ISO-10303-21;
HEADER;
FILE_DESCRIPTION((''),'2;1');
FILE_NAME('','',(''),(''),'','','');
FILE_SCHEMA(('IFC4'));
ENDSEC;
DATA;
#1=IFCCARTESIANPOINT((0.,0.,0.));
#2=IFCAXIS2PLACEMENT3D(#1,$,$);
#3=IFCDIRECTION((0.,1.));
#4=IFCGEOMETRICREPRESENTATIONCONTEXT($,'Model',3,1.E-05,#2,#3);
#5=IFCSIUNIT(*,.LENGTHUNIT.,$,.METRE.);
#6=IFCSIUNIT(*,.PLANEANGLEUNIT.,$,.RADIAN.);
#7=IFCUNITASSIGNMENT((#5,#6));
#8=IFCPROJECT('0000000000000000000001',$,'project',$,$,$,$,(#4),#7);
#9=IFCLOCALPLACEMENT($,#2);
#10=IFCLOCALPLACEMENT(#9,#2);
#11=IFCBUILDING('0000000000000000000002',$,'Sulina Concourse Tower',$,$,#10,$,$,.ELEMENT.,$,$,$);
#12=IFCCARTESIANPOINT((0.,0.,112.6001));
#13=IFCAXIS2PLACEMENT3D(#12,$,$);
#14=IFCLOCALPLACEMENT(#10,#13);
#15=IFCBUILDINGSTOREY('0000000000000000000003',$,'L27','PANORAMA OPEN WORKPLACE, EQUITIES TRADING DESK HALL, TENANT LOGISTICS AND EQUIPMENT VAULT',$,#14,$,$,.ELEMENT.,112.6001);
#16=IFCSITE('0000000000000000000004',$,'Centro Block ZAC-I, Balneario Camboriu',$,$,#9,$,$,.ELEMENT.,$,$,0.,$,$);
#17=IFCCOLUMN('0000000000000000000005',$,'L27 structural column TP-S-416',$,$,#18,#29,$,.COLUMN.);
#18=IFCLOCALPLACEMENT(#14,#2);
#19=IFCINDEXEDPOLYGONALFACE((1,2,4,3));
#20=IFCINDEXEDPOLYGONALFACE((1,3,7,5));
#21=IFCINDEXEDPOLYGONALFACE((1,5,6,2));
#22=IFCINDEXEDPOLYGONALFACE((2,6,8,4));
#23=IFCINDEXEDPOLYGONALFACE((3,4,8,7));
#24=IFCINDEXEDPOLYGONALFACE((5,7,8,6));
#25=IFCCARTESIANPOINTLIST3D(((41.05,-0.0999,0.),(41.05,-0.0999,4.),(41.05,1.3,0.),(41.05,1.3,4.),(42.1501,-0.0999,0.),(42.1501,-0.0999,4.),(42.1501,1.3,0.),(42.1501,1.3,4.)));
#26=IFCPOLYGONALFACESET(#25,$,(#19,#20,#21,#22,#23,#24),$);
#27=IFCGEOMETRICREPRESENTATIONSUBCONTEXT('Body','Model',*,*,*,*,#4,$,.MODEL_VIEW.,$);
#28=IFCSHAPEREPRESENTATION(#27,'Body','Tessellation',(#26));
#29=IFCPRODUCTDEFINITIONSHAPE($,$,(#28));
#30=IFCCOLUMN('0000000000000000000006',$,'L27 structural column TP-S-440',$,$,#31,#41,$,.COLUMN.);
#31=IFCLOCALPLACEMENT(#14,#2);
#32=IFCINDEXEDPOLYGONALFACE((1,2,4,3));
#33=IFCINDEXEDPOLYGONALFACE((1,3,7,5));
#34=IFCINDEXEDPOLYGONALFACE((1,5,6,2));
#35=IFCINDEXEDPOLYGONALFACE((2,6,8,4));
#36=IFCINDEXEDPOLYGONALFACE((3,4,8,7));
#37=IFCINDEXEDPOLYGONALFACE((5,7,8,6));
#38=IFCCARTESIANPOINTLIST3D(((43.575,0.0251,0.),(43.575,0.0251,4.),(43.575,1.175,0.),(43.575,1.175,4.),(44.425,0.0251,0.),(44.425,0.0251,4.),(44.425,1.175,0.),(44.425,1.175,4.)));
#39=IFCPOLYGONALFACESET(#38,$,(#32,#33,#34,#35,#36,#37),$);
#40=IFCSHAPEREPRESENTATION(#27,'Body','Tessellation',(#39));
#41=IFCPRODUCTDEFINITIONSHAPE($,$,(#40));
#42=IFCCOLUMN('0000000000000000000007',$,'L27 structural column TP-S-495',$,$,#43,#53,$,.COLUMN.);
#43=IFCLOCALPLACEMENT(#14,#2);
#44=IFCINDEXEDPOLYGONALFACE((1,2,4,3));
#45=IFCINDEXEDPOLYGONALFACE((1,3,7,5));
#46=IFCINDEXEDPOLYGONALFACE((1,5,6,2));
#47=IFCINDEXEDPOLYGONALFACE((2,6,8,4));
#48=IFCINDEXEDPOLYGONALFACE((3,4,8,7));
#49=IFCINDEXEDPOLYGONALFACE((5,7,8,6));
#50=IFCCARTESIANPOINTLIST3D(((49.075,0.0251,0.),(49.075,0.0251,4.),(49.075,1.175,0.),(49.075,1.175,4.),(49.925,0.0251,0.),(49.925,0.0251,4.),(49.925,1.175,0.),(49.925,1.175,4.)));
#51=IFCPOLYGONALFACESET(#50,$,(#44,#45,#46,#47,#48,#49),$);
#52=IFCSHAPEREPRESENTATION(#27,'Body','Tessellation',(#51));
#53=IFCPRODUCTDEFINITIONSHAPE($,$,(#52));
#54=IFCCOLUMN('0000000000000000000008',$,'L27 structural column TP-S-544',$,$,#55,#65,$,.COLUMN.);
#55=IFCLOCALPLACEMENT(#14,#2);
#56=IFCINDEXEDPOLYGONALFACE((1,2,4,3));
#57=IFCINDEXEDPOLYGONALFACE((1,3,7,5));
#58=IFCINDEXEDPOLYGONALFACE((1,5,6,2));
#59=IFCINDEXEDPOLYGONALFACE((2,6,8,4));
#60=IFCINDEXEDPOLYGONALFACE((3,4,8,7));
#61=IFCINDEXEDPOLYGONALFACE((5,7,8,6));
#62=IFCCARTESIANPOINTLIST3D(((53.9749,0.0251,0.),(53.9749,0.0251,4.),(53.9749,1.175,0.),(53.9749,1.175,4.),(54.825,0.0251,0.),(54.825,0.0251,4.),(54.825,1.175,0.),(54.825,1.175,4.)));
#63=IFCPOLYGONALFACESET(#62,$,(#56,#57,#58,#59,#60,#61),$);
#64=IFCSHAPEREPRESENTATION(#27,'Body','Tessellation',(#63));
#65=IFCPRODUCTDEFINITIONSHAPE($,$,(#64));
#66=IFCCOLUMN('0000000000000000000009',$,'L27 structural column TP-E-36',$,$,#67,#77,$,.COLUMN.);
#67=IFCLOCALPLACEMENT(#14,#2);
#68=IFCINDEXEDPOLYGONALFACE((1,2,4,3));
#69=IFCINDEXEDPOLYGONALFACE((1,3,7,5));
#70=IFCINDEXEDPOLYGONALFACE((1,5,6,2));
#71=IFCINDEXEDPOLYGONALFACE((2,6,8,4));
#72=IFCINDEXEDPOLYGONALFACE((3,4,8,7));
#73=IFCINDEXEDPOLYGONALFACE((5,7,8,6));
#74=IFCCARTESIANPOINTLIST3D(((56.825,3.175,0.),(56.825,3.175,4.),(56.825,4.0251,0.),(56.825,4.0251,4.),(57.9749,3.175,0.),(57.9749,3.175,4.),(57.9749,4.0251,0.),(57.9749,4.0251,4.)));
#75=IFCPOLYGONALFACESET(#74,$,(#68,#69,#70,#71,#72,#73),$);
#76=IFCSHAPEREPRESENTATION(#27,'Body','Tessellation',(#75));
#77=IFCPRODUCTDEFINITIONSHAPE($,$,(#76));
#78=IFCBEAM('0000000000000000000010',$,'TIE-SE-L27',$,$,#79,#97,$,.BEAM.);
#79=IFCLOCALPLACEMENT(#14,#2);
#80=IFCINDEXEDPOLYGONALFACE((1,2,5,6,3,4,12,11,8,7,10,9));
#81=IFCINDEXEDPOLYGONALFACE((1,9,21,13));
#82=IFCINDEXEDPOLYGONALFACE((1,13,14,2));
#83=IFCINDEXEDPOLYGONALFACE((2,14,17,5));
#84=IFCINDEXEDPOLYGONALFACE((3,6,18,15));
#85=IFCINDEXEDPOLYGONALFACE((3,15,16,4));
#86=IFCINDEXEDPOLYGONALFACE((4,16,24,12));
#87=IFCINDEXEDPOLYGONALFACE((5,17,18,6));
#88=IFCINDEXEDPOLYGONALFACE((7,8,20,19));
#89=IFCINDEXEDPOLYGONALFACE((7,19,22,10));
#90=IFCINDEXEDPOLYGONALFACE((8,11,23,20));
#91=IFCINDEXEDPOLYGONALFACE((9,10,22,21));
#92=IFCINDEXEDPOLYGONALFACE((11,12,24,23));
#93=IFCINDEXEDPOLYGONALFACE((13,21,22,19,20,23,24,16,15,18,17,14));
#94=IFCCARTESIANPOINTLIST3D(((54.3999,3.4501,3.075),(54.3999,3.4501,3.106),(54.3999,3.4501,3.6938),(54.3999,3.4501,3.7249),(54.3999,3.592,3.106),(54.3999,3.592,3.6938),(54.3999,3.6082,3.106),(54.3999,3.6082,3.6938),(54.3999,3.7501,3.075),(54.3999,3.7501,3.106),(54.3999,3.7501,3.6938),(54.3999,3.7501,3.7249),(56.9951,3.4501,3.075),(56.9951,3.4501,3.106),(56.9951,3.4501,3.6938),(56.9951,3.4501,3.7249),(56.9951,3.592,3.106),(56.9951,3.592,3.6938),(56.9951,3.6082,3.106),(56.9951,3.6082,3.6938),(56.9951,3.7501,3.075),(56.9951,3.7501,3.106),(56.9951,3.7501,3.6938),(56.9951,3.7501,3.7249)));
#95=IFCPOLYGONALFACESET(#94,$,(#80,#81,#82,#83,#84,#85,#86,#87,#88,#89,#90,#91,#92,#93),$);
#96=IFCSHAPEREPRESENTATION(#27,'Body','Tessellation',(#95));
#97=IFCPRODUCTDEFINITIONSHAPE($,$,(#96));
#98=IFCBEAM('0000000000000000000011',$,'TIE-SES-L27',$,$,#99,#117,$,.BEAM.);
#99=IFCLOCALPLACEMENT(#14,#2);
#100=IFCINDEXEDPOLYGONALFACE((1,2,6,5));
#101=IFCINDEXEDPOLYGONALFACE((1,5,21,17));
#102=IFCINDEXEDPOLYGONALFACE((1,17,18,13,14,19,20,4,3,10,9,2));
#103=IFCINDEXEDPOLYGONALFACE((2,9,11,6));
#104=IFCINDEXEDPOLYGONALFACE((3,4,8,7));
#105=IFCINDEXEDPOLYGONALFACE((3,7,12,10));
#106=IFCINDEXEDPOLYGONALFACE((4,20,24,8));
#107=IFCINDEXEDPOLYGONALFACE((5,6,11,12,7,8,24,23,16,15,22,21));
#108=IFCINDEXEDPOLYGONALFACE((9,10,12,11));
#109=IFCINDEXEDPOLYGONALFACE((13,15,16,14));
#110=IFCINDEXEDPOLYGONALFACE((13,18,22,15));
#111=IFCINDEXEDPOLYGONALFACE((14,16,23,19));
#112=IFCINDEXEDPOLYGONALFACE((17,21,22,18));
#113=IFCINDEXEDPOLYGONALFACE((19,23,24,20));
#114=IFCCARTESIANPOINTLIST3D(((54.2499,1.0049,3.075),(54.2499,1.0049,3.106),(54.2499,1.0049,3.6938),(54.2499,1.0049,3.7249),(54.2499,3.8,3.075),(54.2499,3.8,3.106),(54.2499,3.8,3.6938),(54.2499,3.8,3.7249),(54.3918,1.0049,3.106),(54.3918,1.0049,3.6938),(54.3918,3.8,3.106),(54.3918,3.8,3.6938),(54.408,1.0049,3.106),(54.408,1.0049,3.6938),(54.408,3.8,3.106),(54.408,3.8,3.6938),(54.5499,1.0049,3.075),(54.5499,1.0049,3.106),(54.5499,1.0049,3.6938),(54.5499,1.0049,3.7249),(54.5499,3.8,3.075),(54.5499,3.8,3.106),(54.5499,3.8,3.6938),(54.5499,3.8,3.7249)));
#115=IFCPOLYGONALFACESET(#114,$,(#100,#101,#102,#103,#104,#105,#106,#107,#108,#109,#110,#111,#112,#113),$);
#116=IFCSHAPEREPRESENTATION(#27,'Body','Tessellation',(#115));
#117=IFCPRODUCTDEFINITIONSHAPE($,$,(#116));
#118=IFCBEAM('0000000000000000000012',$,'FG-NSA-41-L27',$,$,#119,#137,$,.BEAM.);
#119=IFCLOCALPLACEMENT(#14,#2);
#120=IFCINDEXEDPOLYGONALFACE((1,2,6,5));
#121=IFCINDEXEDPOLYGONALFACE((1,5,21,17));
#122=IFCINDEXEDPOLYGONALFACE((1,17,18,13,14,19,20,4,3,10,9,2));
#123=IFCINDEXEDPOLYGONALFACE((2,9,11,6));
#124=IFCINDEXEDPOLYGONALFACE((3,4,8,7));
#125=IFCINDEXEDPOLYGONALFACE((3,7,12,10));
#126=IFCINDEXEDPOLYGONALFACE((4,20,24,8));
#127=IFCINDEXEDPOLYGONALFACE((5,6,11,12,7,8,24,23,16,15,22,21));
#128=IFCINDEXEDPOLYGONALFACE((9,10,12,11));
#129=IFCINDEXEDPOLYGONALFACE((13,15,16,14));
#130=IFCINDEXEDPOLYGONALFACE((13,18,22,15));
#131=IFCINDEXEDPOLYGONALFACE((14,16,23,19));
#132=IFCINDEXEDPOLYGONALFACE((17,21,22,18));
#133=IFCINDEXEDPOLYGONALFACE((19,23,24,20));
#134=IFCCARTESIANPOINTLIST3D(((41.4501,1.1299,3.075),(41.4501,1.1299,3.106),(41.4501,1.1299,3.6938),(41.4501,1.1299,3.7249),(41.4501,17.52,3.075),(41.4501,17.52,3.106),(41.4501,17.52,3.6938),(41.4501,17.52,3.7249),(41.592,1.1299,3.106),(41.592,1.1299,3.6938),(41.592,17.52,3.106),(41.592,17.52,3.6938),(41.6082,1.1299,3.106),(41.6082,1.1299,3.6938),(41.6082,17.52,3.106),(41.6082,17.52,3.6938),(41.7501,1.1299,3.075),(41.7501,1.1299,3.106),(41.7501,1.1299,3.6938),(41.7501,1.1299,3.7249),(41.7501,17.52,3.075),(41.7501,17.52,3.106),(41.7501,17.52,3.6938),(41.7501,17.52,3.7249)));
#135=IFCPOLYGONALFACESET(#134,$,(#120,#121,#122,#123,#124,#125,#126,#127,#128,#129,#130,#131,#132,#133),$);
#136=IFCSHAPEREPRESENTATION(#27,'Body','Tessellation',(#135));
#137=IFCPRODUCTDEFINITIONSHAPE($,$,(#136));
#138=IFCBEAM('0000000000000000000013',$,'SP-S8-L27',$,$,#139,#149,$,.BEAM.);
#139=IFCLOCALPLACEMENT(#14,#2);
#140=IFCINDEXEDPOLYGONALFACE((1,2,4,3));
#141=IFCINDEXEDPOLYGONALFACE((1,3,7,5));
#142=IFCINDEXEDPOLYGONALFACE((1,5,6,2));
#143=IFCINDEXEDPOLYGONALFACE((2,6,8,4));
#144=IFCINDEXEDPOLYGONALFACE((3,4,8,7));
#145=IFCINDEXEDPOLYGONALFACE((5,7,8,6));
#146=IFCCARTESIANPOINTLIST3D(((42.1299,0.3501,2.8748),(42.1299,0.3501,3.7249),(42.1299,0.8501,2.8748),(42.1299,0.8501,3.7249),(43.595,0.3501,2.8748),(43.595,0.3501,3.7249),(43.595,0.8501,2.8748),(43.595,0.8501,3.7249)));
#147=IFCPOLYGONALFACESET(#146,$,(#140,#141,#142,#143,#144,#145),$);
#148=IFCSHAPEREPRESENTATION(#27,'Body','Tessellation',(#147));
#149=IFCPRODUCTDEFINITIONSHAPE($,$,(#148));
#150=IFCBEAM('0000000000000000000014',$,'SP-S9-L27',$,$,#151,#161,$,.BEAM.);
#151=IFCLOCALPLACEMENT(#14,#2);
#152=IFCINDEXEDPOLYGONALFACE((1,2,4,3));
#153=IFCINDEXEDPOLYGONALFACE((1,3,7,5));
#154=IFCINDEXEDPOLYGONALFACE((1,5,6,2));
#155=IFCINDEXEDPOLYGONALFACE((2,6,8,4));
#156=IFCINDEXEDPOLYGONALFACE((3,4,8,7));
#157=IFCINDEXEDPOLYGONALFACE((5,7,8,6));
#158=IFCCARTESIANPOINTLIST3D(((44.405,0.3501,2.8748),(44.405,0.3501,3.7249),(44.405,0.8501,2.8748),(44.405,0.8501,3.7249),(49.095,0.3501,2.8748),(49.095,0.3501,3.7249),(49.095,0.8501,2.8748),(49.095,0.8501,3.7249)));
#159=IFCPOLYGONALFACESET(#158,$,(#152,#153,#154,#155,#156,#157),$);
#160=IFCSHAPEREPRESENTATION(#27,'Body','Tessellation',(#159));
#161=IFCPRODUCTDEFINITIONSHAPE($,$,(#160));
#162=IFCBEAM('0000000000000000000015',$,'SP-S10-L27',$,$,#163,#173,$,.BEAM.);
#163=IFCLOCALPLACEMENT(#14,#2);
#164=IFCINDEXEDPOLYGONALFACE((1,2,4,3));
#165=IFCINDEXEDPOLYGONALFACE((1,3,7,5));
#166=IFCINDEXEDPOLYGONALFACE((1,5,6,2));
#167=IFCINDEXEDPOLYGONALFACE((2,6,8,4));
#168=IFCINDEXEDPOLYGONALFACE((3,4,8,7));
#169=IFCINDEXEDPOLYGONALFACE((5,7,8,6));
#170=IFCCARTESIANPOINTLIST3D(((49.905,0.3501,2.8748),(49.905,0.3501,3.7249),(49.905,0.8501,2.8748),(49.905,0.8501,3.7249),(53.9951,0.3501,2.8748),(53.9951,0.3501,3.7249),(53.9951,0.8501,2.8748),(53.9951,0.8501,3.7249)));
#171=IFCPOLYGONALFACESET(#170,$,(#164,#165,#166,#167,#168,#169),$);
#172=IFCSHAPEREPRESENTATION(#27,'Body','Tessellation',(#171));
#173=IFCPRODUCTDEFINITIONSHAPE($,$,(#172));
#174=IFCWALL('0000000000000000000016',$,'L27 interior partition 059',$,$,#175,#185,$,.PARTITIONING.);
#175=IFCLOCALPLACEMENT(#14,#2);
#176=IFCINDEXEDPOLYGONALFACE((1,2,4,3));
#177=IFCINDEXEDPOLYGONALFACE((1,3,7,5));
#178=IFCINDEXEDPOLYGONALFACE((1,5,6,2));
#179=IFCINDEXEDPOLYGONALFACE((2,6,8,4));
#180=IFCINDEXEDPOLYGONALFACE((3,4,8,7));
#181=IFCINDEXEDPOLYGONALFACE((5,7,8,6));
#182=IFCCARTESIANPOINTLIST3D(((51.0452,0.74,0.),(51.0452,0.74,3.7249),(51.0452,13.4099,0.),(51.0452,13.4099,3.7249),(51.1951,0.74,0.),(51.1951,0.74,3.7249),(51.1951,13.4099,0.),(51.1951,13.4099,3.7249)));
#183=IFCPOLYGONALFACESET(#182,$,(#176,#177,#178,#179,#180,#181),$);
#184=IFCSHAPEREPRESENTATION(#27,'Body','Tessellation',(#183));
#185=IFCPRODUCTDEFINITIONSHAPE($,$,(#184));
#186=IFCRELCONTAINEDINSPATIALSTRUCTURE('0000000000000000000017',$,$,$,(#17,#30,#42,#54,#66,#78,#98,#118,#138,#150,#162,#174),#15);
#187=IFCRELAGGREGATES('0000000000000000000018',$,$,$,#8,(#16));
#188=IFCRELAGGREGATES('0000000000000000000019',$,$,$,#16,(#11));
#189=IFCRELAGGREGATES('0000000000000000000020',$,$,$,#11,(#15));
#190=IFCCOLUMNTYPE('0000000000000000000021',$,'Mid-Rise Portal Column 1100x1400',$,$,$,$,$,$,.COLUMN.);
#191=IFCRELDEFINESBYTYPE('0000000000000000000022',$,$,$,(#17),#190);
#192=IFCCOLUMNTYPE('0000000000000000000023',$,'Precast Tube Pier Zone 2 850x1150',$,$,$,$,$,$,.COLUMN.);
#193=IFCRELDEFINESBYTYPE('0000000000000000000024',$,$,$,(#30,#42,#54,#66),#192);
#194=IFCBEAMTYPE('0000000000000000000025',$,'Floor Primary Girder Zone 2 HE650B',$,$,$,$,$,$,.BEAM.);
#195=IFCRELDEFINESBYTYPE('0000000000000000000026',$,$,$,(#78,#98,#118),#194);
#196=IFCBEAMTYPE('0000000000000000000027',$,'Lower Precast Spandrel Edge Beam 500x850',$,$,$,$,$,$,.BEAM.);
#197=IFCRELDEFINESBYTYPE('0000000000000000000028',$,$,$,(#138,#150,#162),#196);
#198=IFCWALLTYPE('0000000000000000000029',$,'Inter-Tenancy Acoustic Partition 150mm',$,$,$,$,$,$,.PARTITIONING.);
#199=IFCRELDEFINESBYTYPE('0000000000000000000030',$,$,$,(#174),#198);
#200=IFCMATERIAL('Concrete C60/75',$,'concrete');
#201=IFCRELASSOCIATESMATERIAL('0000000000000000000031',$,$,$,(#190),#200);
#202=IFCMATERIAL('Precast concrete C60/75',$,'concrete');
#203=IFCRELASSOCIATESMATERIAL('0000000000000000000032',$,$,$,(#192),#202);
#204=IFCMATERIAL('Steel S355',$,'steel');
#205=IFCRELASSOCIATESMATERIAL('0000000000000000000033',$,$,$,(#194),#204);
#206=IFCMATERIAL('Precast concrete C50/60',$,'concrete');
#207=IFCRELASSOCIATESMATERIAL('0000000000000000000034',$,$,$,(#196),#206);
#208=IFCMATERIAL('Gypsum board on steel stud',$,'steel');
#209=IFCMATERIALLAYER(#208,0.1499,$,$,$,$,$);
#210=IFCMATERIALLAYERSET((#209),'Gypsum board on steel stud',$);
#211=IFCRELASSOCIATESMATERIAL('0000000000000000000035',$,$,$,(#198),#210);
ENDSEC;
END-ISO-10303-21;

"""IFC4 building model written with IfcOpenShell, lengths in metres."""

from ifc_helpers import new_model, si_unit, direction, frame, frame_2d, origin, origin_2d, place, context, subcontext, project, spatial, rectangle, i_section, extrude, material, layer, layer_set, material_profile, profile_set, type_object, element, save


model = new_model("IFC4")

# Units and contexts
model_context = context("Model", 3, precision=1e-05, world=origin(), true_north=direction((0.0, 1.0)))
body_context = subcontext(model_context, "Body", "Model", "MODEL_VIEW")
ifc_project = project(units=[si_unit("LENGTHUNIT", "METRE"), si_unit("PLANEANGLEUNIT", "RADIAN")], contexts=[model_context])

# Site, building, storey
site_placement = place(None, origin())
site = spatial("IfcSite", under=ifc_project, at=site_placement, Name="Centro Block ZAC-I, Balneario Camboriu", CompositionType="ELEMENT", RefElevation=0.0)
building_placement = place(site_placement, origin())
building = spatial("IfcBuilding", under=site, at=building_placement, Name="Sulina Concourse Tower", CompositionType="ELEMENT")
storey_placement = place(building_placement, frame((0.0, 0.0, 112.6001)))
storey = spatial("IfcBuildingStorey", under=building, at=storey_placement, Name="L27", Description="PANORAMA OPEN WORKPLACE, EQUITIES TRADING DESK HALL, TENANT LOGISTICS AND EQUIPMENT VAULT", CompositionType="ELEMENT", Elevation=112.6001)

# Columns
ifc_material_1 = material(Name="Concrete C60/75", Category="concrete")
ifc_material_profile_1 = material_profile(ifc_material_1, rectangle(XDim=1.1001, YDim=1.3999, at=origin_2d()), Name="RC 1100x1400")
ifc_profile_set_1 = profile_set([ifc_material_profile_1], Name="Concrete C60/75")
column_type_1 = type_object("IfcColumnType", Name="Mid-Rise Portal Column 1100x1400", PredefinedType="COLUMN", material=ifc_profile_set_1)
column_placement = place(storey_placement, frame((41.6001, 0.6001, 0.0), z_axis=(0.0, 0.0, 1.0), x_axis=(1.0, 0.0, 0.0)))
element("IfcColumn", 1, at=column_placement, inside=storey, type_object=column_type_1, Name="L27 structural column TP-S-416", PredefinedType="COLUMN", context=body_context, shape_type="SweptSolid", body=[
    extrude(rectangle(XDim=1.1001, YDim=1.3999, at=origin_2d()), origin(), (0.0, 0.0, 1.0), 4.0),
])
ifc_material_2 = material(Name="Precast concrete C60/75", Category="concrete")
ifc_material_profile_2 = material_profile(ifc_material_2, rectangle(XDim=0.8501, YDim=1.1499, at=origin_2d()), Name="PC 850x1150")
ifc_profile_set_2 = profile_set([ifc_material_profile_2], Name="Precast concrete C60/75")
column_type_2 = type_object("IfcColumnType", Name="Precast Tube Pier Zone 2 850x1150", PredefinedType="COLUMN", material=ifc_profile_set_2)
for number, where, z_axis, x_axis, name in (
    (2, (44.0, 0.6001, 0.0), (0.0, 0.0, 1.0), (1.0, 0.0, 0.0), "L27 structural column TP-S-440"),
    (3, (49.5, 0.6001, 0.0), (0.0, 0.0, 1.0), (1.0, 0.0, 0.0), "L27 structural column TP-S-495"),
    (4, (54.3999, 0.6001, 0.0), (0.0, 0.0, 1.0), (1.0, 0.0, 0.0), "L27 structural column TP-S-544"),
    (5, (57.3999, 3.6001, 0.0), (0.0, 0.0, 1.0), (0.0, 1.0, 0.0), "L27 structural column TP-E-36"),
):
    element("IfcColumn", number, at=place(storey_placement, frame(where, z_axis=z_axis, x_axis=x_axis)), inside=storey, type_object=column_type_2, Name=name, PredefinedType="COLUMN", context=body_context, shape_type="SweptSolid", body=[
        extrude(rectangle(XDim=0.8501, YDim=1.1499, at=origin_2d()), origin(), (0.0, 0.0, 1.0), 4.0),
    ])

# Beams
ifc_material_3 = material(Name="Steel S355", Category="steel")
ifc_material_profile_3 = material_profile(ifc_material_3, i_section(OverallWidth=0.3, OverallDepth=0.6499, WebThickness=0.0161, FlangeThickness=0.031, at=origin_2d()), Name="HE 650 B")
ifc_profile_set_3 = profile_set([ifc_material_profile_3], Name="Steel S355")
beam_type_1 = type_object("IfcBeamType", Name="Floor Primary Girder Zone 2 HE650B", PredefinedType="BEAM", material=ifc_profile_set_3)
beam_1_placement = place(storey_placement, frame((54.3999, 3.6001, 3.3999), z_axis=(1.0, 0.0, 0.0), x_axis=(0.0, 1.0, 0.0)))
element("IfcBeam", 6, at=beam_1_placement, inside=storey, type_object=beam_type_1, Name="TIE-SE-L27", PredefinedType="BEAM", context=body_context, shape_type="SweptSolid", body=[
    extrude(i_section(OverallWidth=0.3, OverallDepth=0.6499, WebThickness=0.0161, FlangeThickness=0.031, at=origin_2d()), origin(), (0.0, 0.0, 1.0), 2.5952),
])
beam_2_placement = place(storey_placement, frame((54.3999, 1.0049, 3.3999), z_axis=(0.0, 1.0, 0.0), x_axis=(-1.0, 0.0, 0.0)))
element("IfcBeam", 7, at=beam_2_placement, inside=storey, type_object=beam_type_1, Name="TIE-SES-L27", PredefinedType="BEAM", context=body_context, shape_type="SweptSolid", body=[
    extrude(i_section(OverallWidth=0.3, OverallDepth=0.6499, WebThickness=0.0161, FlangeThickness=0.031, at=origin_2d()), origin(), (0.0, 0.0, 1.0), 2.7952),
])
beam_3_placement = place(storey_placement, frame((41.6001, 1.1299, 3.3999), z_axis=(0.0, 1.0, 0.0), x_axis=(-1.0, 0.0, 0.0)))
element("IfcBeam", 8, at=beam_3_placement, inside=storey, type_object=beam_type_1, Name="FG-NSA-41-L27", PredefinedType="BEAM", context=body_context, shape_type="SweptSolid", body=[
    extrude(i_section(OverallWidth=0.3, OverallDepth=0.6499, WebThickness=0.0161, FlangeThickness=0.031, at=origin_2d()), origin(), (0.0, 0.0, 1.0), 16.3901),
])
ifc_material_4 = material(Name="Precast concrete C50/60", Category="concrete")
ifc_material_profile_4 = material_profile(ifc_material_4, rectangle(XDim=0.5, YDim=0.8501, at=origin_2d()), Name="RC 500x850")
ifc_profile_set_4 = profile_set([ifc_material_profile_4], Name="Precast concrete C50/60")
beam_type_2 = type_object("IfcBeamType", Name="Lower Precast Spandrel Edge Beam 500x850", PredefinedType="BEAM", material=ifc_profile_set_4)
beam_4_placement = place(storey_placement, frame((42.1299, 0.6001, 3.2998), z_axis=(1.0, 0.0, 0.0), x_axis=(0.0, 1.0, 0.0)))
element("IfcBeam", 9, at=beam_4_placement, inside=storey, type_object=beam_type_2, Name="SP-S8-L27", PredefinedType="BEAM", context=body_context, shape_type="SweptSolid", body=[
    extrude(rectangle(XDim=0.5, YDim=0.8501, at=origin_2d()), origin(), (0.0, 0.0, 1.0), 1.4651),
])
beam_5_placement = place(storey_placement, frame((44.405, 0.6001, 3.2998), z_axis=(1.0, 0.0, 0.0), x_axis=(0.0, 1.0, 0.0)))
element("IfcBeam", 10, at=beam_5_placement, inside=storey, type_object=beam_type_2, Name="SP-S9-L27", PredefinedType="BEAM", context=body_context, shape_type="SweptSolid", body=[
    extrude(rectangle(XDim=0.5, YDim=0.8501, at=origin_2d()), origin(), (0.0, 0.0, 1.0), 4.6899),
])
beam_6_placement = place(storey_placement, frame((49.905, 0.6001, 3.2998), z_axis=(1.0, 0.0, 0.0), x_axis=(0.0, 1.0, 0.0)))
element("IfcBeam", 11, at=beam_6_placement, inside=storey, type_object=beam_type_2, Name="SP-S10-L27", PredefinedType="BEAM", context=body_context, shape_type="SweptSolid", body=[
    extrude(rectangle(XDim=0.5, YDim=0.8501, at=origin_2d()), origin(), (0.0, 0.0, 1.0), 4.0901),
])

# Wall
ifc_material_5 = material(Name="Gypsum board on steel stud", Category="steel")
ifc_layer_1 = layer(ifc_material_5, 0.1499)
ifc_layer_set_1 = layer_set([ifc_layer_1], Name="Gypsum board on steel stud")
wall_type_1 = type_object("IfcWallType", Name="Inter-Tenancy Acoustic Partition 150mm", PredefinedType="PARTITIONING", material=ifc_layer_set_1)
wall_1_placement = place(storey_placement, frame((51.1201, 0.74, 0.0), z_axis=(0.0, 0.0, 1.0), x_axis=(0.0, 1.0, 0.0)))
element("IfcWall", 12, at=wall_1_placement, inside=storey, type_object=wall_type_1, Name="L27 interior partition 059", PredefinedType="PARTITIONING", context=body_context, shape_type="SweptSolid", body=[
    extrude(rectangle(XDim=12.6699, YDim=0.1499, at=frame_2d((6.335, 0.0))), origin(), (0.0, 0.0, 1.0), 3.7249),
])

save(model, "model.ifc")
